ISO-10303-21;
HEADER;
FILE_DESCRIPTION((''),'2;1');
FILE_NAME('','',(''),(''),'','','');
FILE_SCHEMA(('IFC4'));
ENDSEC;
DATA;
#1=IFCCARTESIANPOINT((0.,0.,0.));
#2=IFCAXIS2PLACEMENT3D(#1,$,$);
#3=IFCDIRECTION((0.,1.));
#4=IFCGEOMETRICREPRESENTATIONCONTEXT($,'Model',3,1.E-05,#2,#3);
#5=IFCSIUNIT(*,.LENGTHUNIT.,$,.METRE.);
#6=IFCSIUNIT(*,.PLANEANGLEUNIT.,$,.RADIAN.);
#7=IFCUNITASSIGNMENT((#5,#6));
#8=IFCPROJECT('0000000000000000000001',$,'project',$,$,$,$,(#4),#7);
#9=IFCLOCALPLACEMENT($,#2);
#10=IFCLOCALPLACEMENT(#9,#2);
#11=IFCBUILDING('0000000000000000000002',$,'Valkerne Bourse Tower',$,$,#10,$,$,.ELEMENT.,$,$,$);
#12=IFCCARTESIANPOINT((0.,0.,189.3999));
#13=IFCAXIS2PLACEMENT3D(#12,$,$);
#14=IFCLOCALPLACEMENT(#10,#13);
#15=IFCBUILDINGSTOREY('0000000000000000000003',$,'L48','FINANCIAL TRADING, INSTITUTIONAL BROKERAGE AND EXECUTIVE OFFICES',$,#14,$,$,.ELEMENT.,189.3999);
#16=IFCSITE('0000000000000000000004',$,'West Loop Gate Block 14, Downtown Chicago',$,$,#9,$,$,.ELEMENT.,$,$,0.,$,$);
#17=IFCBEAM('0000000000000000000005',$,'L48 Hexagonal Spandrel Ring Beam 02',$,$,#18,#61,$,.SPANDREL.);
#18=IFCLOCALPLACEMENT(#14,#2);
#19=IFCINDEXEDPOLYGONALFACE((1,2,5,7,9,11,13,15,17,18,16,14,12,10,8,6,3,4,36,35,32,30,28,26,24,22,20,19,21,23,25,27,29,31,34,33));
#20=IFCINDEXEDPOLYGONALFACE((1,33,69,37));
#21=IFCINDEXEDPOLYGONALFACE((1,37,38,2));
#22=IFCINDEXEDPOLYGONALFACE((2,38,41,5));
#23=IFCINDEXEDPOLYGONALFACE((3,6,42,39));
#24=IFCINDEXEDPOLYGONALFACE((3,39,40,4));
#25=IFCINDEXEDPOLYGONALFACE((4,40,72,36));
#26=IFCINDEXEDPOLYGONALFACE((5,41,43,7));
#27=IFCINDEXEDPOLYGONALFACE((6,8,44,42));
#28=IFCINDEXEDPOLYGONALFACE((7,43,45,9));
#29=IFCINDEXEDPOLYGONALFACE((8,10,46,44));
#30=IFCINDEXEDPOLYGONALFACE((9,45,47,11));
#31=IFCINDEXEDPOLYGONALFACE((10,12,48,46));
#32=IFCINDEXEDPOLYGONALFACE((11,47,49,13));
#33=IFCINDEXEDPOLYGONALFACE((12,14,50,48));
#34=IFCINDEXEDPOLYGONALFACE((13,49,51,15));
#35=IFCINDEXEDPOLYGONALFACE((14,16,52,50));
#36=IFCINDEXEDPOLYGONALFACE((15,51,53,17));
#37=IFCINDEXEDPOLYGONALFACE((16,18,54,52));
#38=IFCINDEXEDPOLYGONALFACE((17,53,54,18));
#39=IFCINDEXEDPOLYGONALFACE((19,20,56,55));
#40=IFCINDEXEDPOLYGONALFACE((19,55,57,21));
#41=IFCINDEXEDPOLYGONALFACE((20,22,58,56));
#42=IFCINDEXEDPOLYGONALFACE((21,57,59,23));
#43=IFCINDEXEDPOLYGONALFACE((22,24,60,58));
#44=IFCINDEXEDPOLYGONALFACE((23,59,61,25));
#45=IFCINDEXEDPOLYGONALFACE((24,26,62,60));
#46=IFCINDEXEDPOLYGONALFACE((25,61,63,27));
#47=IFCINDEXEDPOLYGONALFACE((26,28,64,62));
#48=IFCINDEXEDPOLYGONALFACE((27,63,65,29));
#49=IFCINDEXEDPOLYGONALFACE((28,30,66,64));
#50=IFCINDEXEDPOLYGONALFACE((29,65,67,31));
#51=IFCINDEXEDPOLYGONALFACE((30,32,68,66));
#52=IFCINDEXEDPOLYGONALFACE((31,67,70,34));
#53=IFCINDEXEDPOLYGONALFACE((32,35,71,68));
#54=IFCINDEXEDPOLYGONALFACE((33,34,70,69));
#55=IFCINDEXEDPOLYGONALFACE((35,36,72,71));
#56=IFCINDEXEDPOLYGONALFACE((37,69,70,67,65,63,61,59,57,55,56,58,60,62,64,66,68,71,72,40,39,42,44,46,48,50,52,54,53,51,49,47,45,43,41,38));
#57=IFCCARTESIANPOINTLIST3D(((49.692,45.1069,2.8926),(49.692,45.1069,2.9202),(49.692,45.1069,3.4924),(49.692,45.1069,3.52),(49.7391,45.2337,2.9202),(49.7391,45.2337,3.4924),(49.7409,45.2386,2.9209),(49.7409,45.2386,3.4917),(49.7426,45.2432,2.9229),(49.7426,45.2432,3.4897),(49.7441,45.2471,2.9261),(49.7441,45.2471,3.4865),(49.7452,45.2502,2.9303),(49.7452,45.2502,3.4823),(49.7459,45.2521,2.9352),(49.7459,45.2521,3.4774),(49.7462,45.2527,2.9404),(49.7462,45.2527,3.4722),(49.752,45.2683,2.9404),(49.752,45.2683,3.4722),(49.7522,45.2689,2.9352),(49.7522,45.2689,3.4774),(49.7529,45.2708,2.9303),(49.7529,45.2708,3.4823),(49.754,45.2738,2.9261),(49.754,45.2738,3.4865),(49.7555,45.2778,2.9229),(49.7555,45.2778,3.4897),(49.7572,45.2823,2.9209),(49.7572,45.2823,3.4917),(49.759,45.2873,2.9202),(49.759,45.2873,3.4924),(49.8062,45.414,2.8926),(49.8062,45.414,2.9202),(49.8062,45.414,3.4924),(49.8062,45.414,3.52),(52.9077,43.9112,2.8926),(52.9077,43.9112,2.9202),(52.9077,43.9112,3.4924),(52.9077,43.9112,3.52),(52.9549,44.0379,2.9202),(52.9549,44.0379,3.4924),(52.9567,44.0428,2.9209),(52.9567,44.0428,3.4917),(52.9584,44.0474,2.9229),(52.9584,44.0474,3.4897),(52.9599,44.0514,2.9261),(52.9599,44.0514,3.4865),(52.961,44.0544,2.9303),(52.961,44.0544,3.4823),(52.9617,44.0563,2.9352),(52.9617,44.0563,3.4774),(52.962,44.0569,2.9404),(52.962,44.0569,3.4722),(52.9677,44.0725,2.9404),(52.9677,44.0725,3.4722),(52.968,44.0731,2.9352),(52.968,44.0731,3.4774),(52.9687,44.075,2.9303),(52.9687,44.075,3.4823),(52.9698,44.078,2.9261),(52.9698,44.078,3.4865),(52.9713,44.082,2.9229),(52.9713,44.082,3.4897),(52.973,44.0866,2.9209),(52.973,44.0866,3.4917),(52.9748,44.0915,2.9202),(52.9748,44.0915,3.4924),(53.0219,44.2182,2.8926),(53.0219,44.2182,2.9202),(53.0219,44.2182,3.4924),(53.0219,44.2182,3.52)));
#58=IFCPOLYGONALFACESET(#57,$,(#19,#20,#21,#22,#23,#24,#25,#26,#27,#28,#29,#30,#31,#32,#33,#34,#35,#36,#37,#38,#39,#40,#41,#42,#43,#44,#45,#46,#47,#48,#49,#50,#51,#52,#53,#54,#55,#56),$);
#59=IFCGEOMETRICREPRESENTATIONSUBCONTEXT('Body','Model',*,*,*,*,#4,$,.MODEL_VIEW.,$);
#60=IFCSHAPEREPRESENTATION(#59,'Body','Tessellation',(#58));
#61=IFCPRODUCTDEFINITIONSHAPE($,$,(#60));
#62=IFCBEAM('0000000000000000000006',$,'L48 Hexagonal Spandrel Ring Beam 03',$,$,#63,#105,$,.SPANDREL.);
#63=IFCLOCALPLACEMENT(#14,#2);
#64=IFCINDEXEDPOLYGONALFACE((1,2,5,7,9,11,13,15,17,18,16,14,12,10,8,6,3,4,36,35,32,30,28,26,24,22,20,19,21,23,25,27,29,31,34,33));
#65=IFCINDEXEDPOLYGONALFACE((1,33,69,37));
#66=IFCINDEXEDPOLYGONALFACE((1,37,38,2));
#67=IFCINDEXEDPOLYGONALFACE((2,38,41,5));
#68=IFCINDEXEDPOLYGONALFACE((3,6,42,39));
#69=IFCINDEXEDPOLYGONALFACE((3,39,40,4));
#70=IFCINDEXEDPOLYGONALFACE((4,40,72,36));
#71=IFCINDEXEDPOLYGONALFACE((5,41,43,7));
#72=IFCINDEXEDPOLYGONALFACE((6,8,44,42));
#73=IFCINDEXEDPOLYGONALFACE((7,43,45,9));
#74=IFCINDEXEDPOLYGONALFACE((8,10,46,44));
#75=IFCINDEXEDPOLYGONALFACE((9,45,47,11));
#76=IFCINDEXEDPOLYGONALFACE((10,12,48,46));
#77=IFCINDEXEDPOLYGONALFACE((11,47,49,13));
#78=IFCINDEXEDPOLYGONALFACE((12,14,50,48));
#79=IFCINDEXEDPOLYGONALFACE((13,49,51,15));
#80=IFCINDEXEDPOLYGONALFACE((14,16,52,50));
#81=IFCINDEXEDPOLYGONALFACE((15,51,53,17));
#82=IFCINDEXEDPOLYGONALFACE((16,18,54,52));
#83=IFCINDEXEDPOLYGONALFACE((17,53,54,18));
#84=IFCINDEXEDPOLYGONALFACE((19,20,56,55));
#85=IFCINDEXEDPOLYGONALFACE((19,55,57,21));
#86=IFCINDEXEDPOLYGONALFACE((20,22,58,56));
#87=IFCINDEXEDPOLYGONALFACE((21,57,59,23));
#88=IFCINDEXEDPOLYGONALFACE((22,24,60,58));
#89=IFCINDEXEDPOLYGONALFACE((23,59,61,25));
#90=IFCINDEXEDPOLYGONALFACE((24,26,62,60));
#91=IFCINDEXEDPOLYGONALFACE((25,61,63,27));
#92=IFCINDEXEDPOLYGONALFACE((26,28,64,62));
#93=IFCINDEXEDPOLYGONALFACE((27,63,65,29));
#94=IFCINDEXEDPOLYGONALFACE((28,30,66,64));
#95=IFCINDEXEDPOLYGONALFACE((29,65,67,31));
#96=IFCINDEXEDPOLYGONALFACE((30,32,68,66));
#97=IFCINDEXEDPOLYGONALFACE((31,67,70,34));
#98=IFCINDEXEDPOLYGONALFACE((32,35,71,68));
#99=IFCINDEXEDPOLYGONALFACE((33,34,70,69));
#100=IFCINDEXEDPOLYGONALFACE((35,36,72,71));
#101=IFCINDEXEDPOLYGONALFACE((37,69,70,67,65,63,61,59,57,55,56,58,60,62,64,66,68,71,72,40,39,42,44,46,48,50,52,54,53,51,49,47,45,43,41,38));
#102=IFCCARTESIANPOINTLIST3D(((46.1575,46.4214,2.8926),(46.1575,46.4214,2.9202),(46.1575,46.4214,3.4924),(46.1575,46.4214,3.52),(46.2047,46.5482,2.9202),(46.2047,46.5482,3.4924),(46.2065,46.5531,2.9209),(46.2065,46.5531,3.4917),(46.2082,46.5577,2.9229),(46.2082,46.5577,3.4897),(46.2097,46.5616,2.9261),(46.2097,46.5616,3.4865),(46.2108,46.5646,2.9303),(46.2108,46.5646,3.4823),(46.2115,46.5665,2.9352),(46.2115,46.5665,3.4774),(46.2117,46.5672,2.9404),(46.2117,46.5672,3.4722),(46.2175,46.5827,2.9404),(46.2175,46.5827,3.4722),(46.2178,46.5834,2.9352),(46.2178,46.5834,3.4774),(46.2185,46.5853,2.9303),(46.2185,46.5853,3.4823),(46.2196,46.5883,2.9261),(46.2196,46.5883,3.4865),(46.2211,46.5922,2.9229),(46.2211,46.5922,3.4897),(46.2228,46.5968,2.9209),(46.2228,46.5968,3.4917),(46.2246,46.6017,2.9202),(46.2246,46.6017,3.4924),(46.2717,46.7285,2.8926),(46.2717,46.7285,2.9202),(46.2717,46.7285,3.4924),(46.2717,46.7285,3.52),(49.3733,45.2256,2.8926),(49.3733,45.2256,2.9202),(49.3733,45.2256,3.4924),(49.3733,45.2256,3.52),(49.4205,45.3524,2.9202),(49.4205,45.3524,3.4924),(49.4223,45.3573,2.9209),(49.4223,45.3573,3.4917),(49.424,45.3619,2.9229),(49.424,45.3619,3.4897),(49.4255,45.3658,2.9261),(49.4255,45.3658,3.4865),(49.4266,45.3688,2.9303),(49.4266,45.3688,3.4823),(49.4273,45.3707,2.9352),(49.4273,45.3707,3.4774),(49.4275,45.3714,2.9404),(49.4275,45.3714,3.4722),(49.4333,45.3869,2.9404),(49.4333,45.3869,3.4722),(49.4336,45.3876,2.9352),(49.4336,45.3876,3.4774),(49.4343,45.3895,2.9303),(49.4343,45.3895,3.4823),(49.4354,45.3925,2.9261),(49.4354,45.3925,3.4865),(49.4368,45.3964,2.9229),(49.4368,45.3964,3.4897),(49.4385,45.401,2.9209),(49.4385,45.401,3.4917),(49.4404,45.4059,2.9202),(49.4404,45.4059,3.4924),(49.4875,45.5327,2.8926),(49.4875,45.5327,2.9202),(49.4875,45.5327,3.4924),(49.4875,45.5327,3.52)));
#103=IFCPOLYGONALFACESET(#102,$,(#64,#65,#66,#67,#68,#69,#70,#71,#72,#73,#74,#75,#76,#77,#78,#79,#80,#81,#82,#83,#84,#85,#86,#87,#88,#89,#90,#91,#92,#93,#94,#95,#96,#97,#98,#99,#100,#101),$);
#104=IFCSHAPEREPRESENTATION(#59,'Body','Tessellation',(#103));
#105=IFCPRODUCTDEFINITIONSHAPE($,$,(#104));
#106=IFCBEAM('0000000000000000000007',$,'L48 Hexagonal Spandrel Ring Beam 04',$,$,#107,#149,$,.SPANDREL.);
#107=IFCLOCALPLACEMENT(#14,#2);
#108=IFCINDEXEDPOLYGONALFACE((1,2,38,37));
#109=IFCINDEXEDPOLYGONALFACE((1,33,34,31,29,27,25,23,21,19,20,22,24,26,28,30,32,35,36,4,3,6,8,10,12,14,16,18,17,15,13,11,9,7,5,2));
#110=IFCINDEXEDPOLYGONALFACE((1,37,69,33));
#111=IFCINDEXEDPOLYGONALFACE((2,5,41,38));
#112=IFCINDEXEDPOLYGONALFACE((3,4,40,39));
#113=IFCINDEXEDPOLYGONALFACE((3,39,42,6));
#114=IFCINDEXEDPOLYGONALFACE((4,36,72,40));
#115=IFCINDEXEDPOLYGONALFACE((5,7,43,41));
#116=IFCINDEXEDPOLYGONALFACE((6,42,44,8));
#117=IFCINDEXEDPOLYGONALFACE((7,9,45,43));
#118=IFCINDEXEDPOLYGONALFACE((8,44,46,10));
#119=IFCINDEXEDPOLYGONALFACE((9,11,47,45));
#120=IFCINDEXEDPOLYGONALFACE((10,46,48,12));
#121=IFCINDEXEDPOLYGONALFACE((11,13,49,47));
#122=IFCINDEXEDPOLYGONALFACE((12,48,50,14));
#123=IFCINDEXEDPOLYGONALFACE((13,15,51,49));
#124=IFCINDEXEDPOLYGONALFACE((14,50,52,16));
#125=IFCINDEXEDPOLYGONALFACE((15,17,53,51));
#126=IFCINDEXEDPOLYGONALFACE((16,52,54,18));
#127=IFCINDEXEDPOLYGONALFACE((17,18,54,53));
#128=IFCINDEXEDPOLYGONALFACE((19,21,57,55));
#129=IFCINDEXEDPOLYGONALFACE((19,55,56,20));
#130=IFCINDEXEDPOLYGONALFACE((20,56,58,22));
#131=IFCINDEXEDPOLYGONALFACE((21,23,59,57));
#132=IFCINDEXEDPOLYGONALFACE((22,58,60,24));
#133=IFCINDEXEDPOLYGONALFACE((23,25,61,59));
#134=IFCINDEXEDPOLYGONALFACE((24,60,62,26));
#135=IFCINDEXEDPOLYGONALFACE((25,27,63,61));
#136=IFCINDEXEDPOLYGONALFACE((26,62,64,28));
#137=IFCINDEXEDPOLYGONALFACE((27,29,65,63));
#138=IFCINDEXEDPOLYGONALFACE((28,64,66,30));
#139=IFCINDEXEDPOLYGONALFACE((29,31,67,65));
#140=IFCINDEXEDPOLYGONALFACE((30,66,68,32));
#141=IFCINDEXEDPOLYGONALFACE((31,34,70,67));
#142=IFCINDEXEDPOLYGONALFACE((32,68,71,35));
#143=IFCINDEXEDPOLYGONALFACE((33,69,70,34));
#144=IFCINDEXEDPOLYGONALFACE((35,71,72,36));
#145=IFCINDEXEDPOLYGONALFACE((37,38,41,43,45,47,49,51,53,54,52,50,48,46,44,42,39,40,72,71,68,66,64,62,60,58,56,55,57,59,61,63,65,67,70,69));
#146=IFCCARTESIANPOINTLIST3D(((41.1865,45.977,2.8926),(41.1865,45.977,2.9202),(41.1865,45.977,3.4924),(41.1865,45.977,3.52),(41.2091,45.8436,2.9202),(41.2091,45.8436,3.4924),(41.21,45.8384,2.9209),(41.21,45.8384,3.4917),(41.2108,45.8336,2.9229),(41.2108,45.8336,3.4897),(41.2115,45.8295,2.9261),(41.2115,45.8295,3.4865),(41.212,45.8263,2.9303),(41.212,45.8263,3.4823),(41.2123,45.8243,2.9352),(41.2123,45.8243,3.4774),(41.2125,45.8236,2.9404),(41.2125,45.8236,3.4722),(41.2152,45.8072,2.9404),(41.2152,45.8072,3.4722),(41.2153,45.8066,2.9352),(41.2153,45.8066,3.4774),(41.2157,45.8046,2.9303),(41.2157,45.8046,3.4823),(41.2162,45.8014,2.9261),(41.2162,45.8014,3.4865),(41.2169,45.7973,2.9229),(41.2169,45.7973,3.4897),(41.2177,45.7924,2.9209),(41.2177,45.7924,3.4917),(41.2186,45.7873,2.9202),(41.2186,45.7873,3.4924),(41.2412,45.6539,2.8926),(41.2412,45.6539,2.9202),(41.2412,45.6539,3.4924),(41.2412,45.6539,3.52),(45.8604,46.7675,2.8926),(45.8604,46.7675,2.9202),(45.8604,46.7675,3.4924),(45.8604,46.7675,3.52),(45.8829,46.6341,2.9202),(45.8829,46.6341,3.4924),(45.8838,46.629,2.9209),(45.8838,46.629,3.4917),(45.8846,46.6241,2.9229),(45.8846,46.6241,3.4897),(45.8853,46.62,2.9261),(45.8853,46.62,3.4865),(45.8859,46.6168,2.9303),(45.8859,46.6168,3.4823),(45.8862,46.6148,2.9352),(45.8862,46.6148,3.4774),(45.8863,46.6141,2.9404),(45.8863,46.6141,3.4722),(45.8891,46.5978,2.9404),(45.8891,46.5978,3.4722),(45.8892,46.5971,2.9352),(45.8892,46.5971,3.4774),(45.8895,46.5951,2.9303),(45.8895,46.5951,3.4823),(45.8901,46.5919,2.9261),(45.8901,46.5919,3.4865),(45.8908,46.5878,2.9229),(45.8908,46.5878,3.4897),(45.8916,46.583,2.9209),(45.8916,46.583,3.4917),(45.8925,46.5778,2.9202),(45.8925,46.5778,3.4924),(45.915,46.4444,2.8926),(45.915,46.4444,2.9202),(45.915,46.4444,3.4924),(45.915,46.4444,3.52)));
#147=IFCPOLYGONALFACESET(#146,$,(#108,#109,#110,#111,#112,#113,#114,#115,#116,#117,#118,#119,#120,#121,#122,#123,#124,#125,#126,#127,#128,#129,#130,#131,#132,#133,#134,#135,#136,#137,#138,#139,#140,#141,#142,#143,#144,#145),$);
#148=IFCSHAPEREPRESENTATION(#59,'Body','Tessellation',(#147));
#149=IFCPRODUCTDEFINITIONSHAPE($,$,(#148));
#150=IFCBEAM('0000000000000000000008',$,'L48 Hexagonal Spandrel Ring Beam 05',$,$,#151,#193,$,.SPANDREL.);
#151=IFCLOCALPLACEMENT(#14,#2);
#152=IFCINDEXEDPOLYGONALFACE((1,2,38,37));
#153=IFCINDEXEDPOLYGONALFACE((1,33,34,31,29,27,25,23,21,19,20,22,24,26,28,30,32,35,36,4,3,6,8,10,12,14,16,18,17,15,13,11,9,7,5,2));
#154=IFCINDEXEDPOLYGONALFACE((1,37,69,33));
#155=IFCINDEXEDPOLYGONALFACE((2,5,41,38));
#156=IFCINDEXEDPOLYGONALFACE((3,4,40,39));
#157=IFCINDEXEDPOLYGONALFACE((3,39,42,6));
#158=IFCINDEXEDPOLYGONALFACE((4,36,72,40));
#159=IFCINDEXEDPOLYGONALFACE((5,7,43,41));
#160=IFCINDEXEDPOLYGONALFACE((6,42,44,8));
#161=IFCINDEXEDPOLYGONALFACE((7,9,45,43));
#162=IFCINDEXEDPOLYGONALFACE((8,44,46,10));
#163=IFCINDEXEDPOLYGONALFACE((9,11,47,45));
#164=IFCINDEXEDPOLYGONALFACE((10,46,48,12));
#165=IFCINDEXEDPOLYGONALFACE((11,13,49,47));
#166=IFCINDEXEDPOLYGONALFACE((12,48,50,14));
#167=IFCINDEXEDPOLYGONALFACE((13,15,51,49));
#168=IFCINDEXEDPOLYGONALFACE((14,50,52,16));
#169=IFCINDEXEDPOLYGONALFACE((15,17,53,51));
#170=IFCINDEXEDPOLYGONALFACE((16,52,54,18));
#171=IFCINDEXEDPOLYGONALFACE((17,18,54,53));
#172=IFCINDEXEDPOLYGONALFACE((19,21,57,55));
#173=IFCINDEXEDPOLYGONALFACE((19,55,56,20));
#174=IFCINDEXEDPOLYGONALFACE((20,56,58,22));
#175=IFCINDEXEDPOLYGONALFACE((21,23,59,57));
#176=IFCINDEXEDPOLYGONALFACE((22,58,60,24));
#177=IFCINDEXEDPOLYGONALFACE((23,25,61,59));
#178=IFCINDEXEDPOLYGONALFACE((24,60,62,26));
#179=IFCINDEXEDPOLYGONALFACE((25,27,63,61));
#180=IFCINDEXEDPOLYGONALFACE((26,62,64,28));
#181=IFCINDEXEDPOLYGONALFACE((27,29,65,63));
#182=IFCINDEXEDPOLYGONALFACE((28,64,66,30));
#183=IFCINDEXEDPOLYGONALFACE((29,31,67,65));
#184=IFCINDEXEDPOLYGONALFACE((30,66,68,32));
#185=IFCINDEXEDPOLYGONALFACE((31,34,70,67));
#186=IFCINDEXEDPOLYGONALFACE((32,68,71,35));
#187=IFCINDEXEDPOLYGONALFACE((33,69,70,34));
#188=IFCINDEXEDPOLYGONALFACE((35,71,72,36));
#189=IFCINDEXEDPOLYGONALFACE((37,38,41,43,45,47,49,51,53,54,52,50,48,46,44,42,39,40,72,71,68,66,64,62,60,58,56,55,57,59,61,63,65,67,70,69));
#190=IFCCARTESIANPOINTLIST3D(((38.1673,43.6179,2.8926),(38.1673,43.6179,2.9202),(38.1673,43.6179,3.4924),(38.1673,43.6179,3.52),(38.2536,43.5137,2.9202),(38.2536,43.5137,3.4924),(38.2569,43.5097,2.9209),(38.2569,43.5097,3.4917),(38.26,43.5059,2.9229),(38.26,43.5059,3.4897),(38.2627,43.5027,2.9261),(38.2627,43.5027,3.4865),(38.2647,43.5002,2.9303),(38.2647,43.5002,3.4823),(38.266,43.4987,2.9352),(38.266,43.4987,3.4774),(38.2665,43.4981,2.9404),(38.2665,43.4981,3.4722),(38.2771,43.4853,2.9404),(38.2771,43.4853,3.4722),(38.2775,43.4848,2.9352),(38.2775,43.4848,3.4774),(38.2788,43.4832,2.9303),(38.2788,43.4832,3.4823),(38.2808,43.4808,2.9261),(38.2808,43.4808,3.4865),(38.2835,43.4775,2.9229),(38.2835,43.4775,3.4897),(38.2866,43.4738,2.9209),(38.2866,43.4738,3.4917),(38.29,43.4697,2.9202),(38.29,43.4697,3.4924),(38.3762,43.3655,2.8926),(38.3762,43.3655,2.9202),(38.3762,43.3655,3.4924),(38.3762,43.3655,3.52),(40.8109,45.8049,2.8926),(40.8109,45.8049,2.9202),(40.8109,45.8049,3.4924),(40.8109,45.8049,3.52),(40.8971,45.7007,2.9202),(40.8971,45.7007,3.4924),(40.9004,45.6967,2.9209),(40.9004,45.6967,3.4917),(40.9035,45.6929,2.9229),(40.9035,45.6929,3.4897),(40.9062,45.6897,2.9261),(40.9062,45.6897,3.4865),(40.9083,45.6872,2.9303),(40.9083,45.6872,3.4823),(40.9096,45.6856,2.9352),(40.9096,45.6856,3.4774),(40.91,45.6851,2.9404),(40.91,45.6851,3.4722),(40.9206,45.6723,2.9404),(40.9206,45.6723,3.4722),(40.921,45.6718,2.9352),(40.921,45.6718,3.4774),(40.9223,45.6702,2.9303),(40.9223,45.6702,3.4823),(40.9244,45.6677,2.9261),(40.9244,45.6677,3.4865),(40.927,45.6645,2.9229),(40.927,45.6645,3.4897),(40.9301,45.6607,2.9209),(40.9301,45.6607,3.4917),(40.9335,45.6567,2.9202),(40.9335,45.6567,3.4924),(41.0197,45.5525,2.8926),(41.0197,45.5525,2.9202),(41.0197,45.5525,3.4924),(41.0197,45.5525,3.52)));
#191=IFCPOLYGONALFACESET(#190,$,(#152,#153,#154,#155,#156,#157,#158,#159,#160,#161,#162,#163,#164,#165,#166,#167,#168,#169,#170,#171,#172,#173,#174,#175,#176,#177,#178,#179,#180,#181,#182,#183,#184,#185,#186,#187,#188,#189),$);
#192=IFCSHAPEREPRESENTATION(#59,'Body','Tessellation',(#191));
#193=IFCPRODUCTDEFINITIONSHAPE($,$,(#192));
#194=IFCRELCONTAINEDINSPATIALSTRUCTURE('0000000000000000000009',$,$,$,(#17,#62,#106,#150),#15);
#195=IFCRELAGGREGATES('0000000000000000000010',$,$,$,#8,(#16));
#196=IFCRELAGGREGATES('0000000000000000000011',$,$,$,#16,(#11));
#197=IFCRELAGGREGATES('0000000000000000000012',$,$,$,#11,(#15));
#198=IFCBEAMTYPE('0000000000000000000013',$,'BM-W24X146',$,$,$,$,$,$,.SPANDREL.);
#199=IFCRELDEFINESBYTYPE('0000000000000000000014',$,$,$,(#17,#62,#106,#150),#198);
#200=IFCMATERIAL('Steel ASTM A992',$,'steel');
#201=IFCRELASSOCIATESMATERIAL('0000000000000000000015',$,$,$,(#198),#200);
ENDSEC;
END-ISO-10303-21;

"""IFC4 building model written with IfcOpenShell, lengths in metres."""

from ifc_helpers import new_model, si_unit, direction, frame, origin, origin_2d, place, context, subcontext, project, spatial, i_section, extrude, material, material_profile, profile_set, type_object, element, save


model = new_model("IFC4")

# Units and contexts
model_context = context("Model", 3, precision=1e-05, world=origin(), true_north=direction((0.0, 1.0)))
body_context = subcontext(model_context, "Body", "Model", "MODEL_VIEW")
ifc_project = project(units=[si_unit("LENGTHUNIT", "METRE"), si_unit("PLANEANGLEUNIT", "RADIAN")], contexts=[model_context])

# Site, building, storey
site_placement = place(None, origin())
site = spatial("IfcSite", under=ifc_project, at=site_placement, Name="West Loop Gate Block 14, Downtown Chicago", CompositionType="ELEMENT", RefElevation=0.0)
building_placement = place(site_placement, origin())
building = spatial("IfcBuilding", under=site, at=building_placement, Name="Valkerne Bourse Tower", CompositionType="ELEMENT")
storey_placement = place(building_placement, frame((0.0, 0.0, 189.3999)))
storey = spatial("IfcBuildingStorey", under=building, at=storey_placement, Name="L48", Description="FINANCIAL TRADING, INSTITUTIONAL BROKERAGE AND EXECUTIVE OFFICES", CompositionType="ELEMENT", Elevation=189.3999)

# Beams
ifc_material_1 = material(Name="Steel ASTM A992", Category="steel")
ifc_material_profile_1 = material_profile(ifc_material_1, i_section(OverallWidth=0.3276, OverallDepth=0.6274, WebThickness=0.0166, FlangeThickness=0.0276, FilletRadius=0.0203, at=origin_2d()), Name="W24X146")
ifc_profile_set_1 = profile_set([ifc_material_profile_1], Name="Steel ASTM A992")
beam_type_1 = type_object("IfcBeamType", Name="BM-W24X146", PredefinedType="SPANDREL", material=ifc_profile_set_1)
for number, where, z_axis, x_axis, name in (
    (1, (52.9648, 44.0647, 3.2063), (-0.937296, 0.348533, 0.0), (-0.348533, -0.937296, 0.0), "L48 Hexagonal Spandrel Ring Beam 02"),
    (2, (49.4304, 45.3792, 3.2063), (-0.937296, 0.348533, 0.0), (-0.348533, -0.937296, 0.0), "L48 Hexagonal Spandrel Ring Beam 03"),
):
    element("IfcBeam", number, at=place(storey_placement, frame(where, z_axis=z_axis, x_axis=x_axis)), inside=storey, type_object=beam_type_1, Name=name, PredefinedType="SPANDREL", context=body_context, shape_type="SweptSolid", body=[
        extrude(i_section(OverallWidth=0.3276, OverallDepth=0.6274, WebThickness=0.0166, FlangeThickness=0.0276, FilletRadius=0.0203, at=origin_2d()), origin(), (0.0, 0.0, 1.0), 3.4309),
    ])
beam_1_placement = place(storey_placement, frame((45.8877, 46.606, 3.2063), z_axis=(-0.985996, -0.16677, 0.0), x_axis=(0.16677, -0.985996, 0.0)))
element("IfcBeam", 3, at=beam_1_placement, inside=storey, type_object=beam_type_1, Name="L48 Hexagonal Spandrel Ring Beam 04", PredefinedType="SPANDREL", context=body_context, shape_type="SweptSolid", body=[
    extrude(i_section(OverallWidth=0.3276, OverallDepth=0.6274, WebThickness=0.0166, FlangeThickness=0.0276, FilletRadius=0.0203, at=origin_2d()), origin(), (0.0, 0.0, 1.0), 4.7402),
])
beam_2_placement = place(storey_placement, frame((40.9153, 45.6787, 3.2063), z_axis=(-0.770503, -0.637437, 0.0), x_axis=(0.637437, -0.770503, 0.0)))
element("IfcBeam", 4, at=beam_2_placement, inside=storey, type_object=beam_type_1, Name="L48 Hexagonal Spandrel Ring Beam 05", PredefinedType="SPANDREL", context=body_context, shape_type="SweptSolid", body=[
    extrude(i_section(OverallWidth=0.3276, OverallDepth=0.6274, WebThickness=0.0166, FlangeThickness=0.0276, FilletRadius=0.0203, at=origin_2d()), origin(), (0.0, 0.0, 1.0), 3.4309),
])

save(model, "model.ifc")
